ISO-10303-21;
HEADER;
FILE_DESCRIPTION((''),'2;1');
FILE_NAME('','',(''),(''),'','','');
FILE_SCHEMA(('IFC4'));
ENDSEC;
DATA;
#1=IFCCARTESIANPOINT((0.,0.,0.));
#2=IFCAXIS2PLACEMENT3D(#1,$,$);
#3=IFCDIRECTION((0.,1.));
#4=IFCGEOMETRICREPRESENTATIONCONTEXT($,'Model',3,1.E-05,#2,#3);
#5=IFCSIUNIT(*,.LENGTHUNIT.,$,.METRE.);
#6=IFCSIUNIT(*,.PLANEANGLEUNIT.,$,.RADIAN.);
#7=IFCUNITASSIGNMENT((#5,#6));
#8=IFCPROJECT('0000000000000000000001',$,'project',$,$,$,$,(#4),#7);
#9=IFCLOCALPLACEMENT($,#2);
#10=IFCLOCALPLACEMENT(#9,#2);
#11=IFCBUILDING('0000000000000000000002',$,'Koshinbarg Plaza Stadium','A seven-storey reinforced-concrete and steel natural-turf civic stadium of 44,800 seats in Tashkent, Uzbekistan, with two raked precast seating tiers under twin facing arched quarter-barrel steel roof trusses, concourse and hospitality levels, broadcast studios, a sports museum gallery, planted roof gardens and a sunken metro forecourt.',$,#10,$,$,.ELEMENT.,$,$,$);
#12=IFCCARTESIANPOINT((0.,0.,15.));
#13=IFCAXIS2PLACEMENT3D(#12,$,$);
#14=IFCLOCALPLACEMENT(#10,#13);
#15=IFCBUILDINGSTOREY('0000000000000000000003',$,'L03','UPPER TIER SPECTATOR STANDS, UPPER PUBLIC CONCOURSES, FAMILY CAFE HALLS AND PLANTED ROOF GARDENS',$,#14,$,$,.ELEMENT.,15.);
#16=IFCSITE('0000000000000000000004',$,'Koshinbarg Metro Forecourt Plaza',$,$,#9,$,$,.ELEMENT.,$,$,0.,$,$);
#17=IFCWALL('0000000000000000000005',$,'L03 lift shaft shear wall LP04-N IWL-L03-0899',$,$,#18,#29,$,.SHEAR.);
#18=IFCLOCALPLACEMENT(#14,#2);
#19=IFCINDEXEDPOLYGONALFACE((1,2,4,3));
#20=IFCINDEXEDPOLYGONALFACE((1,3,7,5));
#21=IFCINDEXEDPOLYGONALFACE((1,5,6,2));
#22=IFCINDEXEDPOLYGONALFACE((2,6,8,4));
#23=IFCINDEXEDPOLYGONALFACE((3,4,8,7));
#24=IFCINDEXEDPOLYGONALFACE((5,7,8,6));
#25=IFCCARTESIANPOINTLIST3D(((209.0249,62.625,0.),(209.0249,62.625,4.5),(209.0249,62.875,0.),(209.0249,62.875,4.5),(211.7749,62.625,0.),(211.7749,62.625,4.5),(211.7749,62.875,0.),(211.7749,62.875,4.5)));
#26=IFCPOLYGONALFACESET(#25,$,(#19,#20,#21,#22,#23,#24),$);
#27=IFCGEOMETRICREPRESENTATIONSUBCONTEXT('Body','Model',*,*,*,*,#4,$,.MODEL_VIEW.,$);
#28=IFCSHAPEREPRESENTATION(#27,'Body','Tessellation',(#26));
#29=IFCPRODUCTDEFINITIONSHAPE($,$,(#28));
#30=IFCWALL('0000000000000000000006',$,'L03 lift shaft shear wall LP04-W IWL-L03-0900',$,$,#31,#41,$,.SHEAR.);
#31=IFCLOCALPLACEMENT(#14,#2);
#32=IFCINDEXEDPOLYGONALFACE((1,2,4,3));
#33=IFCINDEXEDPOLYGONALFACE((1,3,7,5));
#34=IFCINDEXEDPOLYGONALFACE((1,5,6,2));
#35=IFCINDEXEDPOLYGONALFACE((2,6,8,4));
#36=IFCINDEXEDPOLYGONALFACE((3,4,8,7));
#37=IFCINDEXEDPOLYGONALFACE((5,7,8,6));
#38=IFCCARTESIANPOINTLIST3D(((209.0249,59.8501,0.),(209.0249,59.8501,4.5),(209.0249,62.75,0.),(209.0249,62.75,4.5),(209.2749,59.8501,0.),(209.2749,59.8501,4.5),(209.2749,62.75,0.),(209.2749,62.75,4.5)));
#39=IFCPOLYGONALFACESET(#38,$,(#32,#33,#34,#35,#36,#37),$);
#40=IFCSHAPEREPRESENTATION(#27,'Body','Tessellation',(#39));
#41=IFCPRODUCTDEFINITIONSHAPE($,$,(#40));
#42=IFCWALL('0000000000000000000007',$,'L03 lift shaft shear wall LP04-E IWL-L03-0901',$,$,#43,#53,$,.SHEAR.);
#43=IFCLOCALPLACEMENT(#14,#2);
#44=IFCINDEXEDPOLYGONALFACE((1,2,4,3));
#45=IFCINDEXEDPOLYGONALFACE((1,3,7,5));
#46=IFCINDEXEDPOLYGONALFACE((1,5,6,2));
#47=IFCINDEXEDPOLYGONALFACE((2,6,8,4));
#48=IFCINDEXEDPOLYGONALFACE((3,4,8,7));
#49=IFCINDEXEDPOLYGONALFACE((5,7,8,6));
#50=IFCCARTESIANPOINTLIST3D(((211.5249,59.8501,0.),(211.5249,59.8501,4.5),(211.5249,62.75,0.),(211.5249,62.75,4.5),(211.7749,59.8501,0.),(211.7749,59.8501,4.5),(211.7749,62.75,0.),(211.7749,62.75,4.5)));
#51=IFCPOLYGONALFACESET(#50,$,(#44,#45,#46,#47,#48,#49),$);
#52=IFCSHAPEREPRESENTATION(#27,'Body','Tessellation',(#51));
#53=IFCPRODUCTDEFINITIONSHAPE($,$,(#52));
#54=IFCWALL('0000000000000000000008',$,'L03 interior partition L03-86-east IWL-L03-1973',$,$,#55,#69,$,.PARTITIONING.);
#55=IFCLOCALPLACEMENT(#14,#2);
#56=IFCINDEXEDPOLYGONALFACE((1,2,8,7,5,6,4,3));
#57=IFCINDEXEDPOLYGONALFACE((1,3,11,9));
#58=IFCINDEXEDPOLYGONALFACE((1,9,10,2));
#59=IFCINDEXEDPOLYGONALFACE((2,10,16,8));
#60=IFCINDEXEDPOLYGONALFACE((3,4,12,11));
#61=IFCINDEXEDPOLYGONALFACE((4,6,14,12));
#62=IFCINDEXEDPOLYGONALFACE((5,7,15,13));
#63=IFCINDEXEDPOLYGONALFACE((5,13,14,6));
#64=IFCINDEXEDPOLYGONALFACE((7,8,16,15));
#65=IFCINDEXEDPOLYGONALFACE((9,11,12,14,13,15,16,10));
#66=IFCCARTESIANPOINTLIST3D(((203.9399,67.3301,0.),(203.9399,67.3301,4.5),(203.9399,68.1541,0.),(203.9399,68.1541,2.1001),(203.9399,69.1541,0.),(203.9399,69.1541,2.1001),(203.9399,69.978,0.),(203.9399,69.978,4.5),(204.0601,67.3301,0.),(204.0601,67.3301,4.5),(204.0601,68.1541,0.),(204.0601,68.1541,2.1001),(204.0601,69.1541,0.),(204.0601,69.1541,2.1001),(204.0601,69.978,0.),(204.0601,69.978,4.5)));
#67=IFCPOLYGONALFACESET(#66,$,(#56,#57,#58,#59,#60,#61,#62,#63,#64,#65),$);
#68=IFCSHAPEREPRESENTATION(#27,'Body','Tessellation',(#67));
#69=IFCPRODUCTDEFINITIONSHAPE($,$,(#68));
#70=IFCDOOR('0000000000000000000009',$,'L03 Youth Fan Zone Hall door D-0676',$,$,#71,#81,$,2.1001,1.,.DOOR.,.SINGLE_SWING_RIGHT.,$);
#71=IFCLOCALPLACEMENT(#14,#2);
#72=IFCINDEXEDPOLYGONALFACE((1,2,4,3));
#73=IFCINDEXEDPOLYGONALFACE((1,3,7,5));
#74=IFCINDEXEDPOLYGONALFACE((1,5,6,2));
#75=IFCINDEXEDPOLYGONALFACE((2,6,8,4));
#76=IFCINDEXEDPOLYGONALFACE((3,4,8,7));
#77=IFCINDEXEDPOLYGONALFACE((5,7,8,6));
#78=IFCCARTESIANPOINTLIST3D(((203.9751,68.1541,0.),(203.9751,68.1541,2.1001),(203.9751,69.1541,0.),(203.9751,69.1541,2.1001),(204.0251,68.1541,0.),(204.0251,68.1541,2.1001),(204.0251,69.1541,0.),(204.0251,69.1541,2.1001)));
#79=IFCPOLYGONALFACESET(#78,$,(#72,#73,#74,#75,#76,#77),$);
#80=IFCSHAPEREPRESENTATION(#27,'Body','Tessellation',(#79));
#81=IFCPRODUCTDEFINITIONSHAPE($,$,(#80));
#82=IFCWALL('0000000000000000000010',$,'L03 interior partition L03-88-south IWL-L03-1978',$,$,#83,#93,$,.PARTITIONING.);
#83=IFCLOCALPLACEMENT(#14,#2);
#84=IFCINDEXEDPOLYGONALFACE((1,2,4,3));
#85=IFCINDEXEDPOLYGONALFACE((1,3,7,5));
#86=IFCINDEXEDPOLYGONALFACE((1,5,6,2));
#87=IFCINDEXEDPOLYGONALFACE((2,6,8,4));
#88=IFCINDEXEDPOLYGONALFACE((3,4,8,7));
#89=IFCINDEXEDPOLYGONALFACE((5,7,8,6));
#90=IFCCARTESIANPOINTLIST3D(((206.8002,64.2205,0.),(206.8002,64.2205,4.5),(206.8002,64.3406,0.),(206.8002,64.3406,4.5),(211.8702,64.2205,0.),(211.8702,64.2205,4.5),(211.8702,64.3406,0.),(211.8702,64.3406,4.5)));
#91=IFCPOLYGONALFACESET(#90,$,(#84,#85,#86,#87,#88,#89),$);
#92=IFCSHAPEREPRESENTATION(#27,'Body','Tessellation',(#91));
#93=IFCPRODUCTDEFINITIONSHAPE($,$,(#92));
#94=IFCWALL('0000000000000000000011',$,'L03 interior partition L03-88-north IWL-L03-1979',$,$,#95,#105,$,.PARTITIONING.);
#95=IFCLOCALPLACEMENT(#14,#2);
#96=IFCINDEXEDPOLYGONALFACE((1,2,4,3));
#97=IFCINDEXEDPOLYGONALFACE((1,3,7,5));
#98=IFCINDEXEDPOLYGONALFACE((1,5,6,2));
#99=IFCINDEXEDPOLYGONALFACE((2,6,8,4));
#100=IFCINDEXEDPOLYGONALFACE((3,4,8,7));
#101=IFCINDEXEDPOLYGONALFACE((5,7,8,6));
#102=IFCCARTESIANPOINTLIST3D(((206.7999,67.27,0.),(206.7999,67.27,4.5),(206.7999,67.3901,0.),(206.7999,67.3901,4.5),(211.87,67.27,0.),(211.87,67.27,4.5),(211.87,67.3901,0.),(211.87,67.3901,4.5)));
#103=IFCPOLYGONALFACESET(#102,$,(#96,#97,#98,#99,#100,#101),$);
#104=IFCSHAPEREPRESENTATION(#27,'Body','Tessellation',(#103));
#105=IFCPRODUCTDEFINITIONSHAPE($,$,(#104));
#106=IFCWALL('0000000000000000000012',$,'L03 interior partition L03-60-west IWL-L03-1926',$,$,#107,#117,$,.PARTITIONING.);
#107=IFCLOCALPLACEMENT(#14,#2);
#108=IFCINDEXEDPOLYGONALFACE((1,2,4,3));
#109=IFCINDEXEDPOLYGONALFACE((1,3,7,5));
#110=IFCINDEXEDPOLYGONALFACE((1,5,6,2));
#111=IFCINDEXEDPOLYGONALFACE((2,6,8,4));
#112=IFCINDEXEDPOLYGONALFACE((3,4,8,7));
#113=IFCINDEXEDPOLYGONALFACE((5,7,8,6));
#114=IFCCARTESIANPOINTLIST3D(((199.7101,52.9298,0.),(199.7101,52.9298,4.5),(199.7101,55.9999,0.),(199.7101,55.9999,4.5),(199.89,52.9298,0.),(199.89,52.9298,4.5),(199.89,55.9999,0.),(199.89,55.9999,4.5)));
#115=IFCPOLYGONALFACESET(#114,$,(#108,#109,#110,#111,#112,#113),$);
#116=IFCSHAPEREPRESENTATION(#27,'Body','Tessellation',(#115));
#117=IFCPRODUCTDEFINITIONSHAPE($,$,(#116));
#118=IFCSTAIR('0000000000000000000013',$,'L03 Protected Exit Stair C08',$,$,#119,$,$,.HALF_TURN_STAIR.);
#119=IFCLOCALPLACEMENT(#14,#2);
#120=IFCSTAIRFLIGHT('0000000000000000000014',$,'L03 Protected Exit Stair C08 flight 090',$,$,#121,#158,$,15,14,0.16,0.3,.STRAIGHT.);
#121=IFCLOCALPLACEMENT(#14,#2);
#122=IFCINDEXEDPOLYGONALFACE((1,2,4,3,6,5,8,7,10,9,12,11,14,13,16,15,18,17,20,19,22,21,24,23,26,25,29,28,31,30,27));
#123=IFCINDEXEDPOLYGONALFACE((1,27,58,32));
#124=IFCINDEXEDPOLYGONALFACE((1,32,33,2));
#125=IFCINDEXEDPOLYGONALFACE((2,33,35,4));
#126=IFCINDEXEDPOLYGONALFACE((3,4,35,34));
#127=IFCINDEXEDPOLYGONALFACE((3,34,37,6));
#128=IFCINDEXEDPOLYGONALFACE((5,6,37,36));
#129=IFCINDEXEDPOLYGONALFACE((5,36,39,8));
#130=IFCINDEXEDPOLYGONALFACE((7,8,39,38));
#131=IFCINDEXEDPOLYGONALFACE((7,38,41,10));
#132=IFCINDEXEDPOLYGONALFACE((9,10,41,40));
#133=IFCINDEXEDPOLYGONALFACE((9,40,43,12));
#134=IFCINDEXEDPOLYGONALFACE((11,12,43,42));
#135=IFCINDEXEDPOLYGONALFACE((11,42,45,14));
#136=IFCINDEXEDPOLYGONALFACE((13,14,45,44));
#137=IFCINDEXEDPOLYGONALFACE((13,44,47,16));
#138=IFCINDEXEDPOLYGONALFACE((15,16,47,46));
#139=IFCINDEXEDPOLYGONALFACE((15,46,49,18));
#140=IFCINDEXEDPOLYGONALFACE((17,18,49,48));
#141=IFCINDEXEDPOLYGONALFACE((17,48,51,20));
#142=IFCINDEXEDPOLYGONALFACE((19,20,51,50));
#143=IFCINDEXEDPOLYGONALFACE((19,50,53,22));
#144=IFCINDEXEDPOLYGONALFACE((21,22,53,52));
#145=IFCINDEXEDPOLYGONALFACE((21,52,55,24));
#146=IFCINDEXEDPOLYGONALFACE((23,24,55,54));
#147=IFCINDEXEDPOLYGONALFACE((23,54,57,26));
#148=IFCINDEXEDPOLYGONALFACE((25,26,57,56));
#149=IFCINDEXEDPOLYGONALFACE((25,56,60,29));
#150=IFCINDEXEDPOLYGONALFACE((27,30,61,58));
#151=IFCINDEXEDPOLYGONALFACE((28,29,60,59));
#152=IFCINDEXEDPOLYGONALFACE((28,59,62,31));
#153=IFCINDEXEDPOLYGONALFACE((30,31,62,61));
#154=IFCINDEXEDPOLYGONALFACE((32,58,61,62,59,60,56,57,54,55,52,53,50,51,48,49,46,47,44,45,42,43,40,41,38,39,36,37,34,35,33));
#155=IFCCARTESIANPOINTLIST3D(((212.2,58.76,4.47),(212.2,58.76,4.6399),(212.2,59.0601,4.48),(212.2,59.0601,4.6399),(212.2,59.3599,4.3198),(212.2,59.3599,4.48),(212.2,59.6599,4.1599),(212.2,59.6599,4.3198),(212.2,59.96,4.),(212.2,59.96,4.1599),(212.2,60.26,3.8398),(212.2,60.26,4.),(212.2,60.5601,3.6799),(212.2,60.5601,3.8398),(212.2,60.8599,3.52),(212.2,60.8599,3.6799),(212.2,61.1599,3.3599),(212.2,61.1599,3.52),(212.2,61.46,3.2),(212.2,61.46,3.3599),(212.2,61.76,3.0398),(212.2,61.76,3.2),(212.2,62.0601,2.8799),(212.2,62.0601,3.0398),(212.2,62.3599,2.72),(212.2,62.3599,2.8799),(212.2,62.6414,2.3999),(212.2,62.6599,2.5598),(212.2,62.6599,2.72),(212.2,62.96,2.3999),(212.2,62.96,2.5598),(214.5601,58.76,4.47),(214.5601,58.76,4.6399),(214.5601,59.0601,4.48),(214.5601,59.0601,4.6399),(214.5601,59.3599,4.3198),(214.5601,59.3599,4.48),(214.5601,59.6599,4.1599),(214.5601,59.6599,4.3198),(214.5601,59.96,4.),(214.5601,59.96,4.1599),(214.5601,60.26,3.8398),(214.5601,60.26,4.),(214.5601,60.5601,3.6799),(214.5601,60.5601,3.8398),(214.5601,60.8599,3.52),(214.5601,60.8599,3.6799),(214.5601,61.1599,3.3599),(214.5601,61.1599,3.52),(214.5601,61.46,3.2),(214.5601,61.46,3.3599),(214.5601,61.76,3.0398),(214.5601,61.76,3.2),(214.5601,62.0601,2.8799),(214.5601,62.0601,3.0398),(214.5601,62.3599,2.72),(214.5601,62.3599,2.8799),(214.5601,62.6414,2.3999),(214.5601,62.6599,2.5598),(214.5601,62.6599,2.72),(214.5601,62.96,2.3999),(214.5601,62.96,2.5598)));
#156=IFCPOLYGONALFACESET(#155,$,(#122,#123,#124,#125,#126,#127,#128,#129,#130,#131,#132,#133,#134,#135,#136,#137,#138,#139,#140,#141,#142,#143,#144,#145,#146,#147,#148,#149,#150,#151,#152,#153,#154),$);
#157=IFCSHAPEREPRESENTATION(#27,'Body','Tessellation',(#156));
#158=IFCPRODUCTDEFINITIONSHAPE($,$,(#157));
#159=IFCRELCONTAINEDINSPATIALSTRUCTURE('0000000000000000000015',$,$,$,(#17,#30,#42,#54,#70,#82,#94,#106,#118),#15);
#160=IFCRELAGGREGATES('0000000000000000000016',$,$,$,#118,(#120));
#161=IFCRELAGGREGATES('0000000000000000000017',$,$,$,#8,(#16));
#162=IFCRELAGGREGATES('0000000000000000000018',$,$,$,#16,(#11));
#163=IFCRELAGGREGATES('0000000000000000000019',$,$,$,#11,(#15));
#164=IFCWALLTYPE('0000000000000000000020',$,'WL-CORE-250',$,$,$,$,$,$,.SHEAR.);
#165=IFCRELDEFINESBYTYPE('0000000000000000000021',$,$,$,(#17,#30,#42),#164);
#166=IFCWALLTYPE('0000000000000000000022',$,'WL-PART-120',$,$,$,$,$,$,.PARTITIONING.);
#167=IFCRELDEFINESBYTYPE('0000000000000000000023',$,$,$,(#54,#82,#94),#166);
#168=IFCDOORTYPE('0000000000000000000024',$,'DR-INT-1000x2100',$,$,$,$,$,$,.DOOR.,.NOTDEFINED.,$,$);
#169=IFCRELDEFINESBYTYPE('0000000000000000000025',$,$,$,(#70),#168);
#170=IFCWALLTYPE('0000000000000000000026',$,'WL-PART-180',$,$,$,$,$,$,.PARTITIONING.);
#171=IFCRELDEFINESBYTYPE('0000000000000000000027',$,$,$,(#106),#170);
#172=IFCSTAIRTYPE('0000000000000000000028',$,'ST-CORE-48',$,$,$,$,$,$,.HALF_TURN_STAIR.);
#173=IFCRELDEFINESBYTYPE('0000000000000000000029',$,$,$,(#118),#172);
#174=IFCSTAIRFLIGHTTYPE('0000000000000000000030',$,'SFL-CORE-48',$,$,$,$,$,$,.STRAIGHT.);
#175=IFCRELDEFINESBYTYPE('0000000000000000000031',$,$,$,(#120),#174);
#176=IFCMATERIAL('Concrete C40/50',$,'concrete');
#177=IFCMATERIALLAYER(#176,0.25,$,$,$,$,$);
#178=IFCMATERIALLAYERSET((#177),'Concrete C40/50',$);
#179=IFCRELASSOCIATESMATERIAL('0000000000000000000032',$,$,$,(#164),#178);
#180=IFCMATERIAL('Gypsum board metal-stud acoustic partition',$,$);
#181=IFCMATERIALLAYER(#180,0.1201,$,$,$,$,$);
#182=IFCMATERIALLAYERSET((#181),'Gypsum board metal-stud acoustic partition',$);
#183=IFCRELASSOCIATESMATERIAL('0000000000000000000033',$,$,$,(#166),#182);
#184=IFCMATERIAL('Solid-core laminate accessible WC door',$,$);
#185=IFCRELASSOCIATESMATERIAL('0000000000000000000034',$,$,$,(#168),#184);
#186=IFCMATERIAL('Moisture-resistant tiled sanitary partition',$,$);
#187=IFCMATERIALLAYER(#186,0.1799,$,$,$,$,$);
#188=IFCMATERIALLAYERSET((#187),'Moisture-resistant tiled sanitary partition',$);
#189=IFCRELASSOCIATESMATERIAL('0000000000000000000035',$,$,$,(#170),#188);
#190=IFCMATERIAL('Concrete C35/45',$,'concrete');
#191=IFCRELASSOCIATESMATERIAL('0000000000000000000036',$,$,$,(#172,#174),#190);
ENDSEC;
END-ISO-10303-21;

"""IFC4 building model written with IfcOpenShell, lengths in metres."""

from ifc_helpers import new_model, si_unit, direction, frame, frame_2d, origin, place, context, subcontext, project, spatial, polyline, rectangle, outline, extrude, material, layer, layer_set, type_object, element, fill, aggregate, save


model = new_model("IFC4")

# Units and contexts
model_context = context("Model", 3, precision=1e-05, world=origin(), true_north=direction((0.0, 1.0)))
body_context = subcontext(model_context, "Body", "Model", "MODEL_VIEW")
ifc_project = project(units=[si_unit("LENGTHUNIT", "METRE"), si_unit("PLANEANGLEUNIT", "RADIAN")], contexts=[model_context])

# Site, building, storey
site_placement = place(None, origin())
site = spatial("IfcSite", under=ifc_project, at=site_placement, Name="Koshinbarg Metro Forecourt Plaza", CompositionType="ELEMENT", RefElevation=0.0)
building_placement = place(site_placement, origin())
building = spatial("IfcBuilding", under=site, at=building_placement, Name="Koshinbarg Plaza Stadium", Description="A seven-storey reinforced-concrete and steel natural-turf civic stadium of 44,800 seats in Tashkent, Uzbekistan, with two raked precast seating tiers under twin facing arched quarter-barrel steel roof trusses, concourse and hospitality levels, broadcast studios, a sports museum gallery, planted roof gardens and a sunken metro forecourt.", CompositionType="ELEMENT")
storey_placement = place(building_placement, frame((0.0, 0.0, 15.0)))
storey = spatial("IfcBuildingStorey", under=building, at=storey_placement, Name="L03", Description="UPPER TIER SPECTATOR STANDS, UPPER PUBLIC CONCOURSES, FAMILY CAFE HALLS AND PLANTED ROOF GARDENS", CompositionType="ELEMENT", Elevation=15.0)

# Shared definitions
ifc_material_1 = material(Name="Concrete C40/50", Category="concrete")

# Shared definitions
ifc_layer_1 = layer(ifc_material_1, 0.25)
ifc_layer_set_1 = layer_set([ifc_layer_1], Name="Concrete C40/50")
wall_type_1 = type_object("IfcWallType", Name="WL-CORE-250", PredefinedType="SHEAR", material=ifc_layer_set_1)

# Walls
wall_1_placement = place(storey_placement, frame((211.7749, 62.75, 0.0), z_axis=(0.0, 0.0, 1.0), x_axis=(-1.0, 0.0, 0.0)))
element("IfcWall", 1, at=wall_1_placement, inside=storey, type_object=wall_type_1, Name="L03 lift shaft shear wall LP04-N IWL-L03-0899", PredefinedType="SHEAR", context=body_context, shape_type="SweptSolid", body=[
    extrude(rectangle(XDim=2.75, YDim=0.25, at=frame_2d((1.375, 0.0))), origin(), (0.0, 0.0, 1.0), 4.5),
])
for number, where, z_axis, x_axis, name in (
    (2, (209.1499, 62.75, 0.0), (0.0, 0.0, 1.0), (0.0, -1.0, 0.0), "L03 lift shaft shear wall LP04-W IWL-L03-0900"),
    (3, (211.6499, 59.8501, 0.0), (0.0, 0.0, 1.0), (0.0, 1.0, 0.0), "L03 lift shaft shear wall LP04-E IWL-L03-0901"),
):
    element("IfcWall", number, at=place(storey_placement, frame(where, z_axis=z_axis, x_axis=x_axis)), inside=storey, type_object=wall_type_1, Name=name, PredefinedType="SHEAR", context=body_context, shape_type="SweptSolid", body=[
        extrude(rectangle(XDim=2.8999, YDim=0.25, at=frame_2d((1.45, 0.0))), origin(), (0.0, 0.0, 1.0), 4.5),
    ])

# Wall, opening, door
ifc_material_2 = material(Name="Gypsum board metal-stud acoustic partition")
ifc_layer_2 = layer(ifc_material_2, 0.1201)
ifc_layer_set_2 = layer_set([ifc_layer_2], Name="Gypsum board metal-stud acoustic partition")
wall_type_2 = type_object("IfcWallType", Name="WL-PART-120", PredefinedType="PARTITIONING", material=ifc_layer_set_2)
wall_2_placement = place(storey_placement, frame((204.0, 67.3301, 0.0), z_axis=(0.0, 0.0, 1.0), x_axis=(0.0, 1.0, 0.0)))
wall_2 = element("IfcWall", 4, at=wall_2_placement, inside=storey, type_object=wall_type_2, Name="L03 interior partition L03-86-east IWL-L03-1973", PredefinedType="PARTITIONING", context=body_context, shape_type="SweptSolid", body=[
    extrude(rectangle(XDim=2.6479, YDim=0.1201, at=frame_2d((1.324, 0.0))), origin(), (0.0, 0.0, 1.0), 4.5),
])
opening_1_placement = place(wall_2_placement, frame((0.824, 0.0, 0.0)))
opening_1 = element("IfcOpeningElement", 5, at=opening_1_placement, cuts=wall_2, PredefinedType="OPENING", context=body_context, shape_type="SweptSolid", body=[
    extrude(rectangle(XDim=1.0, YDim=2.1001, at=frame_2d((0.5, 1.05))), frame((0.0, 0.0701, 0.0), z_axis=(0.0, -1.0, 0.0), x_axis=(1.0, 0.0, 0.0)), (0.0, 0.0, 1.0), 0.1401),
])
ifc_material_3 = material(Name="Solid-core laminate accessible WC door")
door_type_1 = type_object("IfcDoorType", Name="DR-INT-1000x2100", OperationType="NOTDEFINED", PredefinedType="DOOR", material=ifc_material_3)
door_1_placement = place(opening_1_placement, origin())
door_1 = element("IfcDoor", 6, at=door_1_placement, inside=storey, type_object=door_type_1, Name="L03 Youth Fan Zone Hall door D-0676", OperationType="SINGLE_SWING_RIGHT", OverallHeight=2.1001, OverallWidth=1.0, PredefinedType="DOOR", context=body_context, shape_type="SweptSolid", body=[
    extrude(rectangle(XDim=1.0, YDim=2.1001, at=frame_2d((0.5, 1.05))), frame((0.0, 0.0249, 0.0), z_axis=(0.0, -1.0, 0.0), x_axis=(1.0, 0.0, 0.0)), (0.0, 0.0, 1.0), 0.05),
])
fill(opening_1, door_1)

# Walls
for number, where, z_axis, x_axis, name in (
    (7, (206.8, 64.2805, 0.0), (0.0, 0.0, 1.0), (1.0, 0.0, 0.0), "L03 interior partition L03-88-south IWL-L03-1978"),
    (8, (211.8701, 67.3301, 0.0), (0.0, 0.0, 1.0), (-1.0, 0.0, 0.0), "L03 interior partition L03-88-north IWL-L03-1979"),
):
    element("IfcWall", number, at=place(storey_placement, frame(where, z_axis=z_axis, x_axis=x_axis)), inside=storey, type_object=wall_type_2, Name=name, PredefinedType="PARTITIONING", context=body_context, shape_type="SweptSolid", body=[
        extrude(rectangle(XDim=5.0701, YDim=0.1201, at=frame_2d((2.5352, 0.0))), origin(), (0.0, 0.0, 1.0), 4.5),
    ])

# Wall
ifc_material_4 = material(Name="Moisture-resistant tiled sanitary partition")
ifc_layer_3 = layer(ifc_material_4, 0.1799)
ifc_layer_set_3 = layer_set([ifc_layer_3], Name="Moisture-resistant tiled sanitary partition")
wall_type_3 = type_object("IfcWallType", Name="WL-PART-180", PredefinedType="PARTITIONING", material=ifc_layer_set_3)
wall_3_placement = place(storey_placement, frame((199.8, 56.0, 0.0), z_axis=(0.0, 0.0, 1.0), x_axis=(0.0, -1.0, 0.0)))
element("IfcWall", 9, at=wall_3_placement, inside=storey, type_object=wall_type_3, Name="L03 interior partition L03-60-west IWL-L03-1926", PredefinedType="PARTITIONING", context=body_context, shape_type="SweptSolid", body=[
    extrude(rectangle(XDim=3.0701, YDim=0.1799, at=frame_2d((1.5352, 0.0))), origin(), (0.0, 0.0, 1.0), 4.5),
])

# Stair, stair flight
ifc_material_5 = material(Name="Concrete C35/45", Category="concrete")
stair_type = type_object("IfcStairType", Name="ST-CORE-48", PredefinedType="HALF_TURN_STAIR", material=ifc_material_5)
stair_placement = place(storey_placement, origin())
stair = element("IfcStair", 10, at=stair_placement, inside=storey, type_object=stair_type, Name="L03 Protected Exit Stair C08", PredefinedType="HALF_TURN_STAIR")
stair_flight_type = type_object("IfcStairFlightType", Name="SFL-CORE-48", PredefinedType="STRAIGHT", material=ifc_material_5)
stair_flight_placement = place(storey_placement, frame((213.3799, 62.96, 2.3999), z_axis=(0.0, 0.0, 1.0), x_axis=(0.0, -1.0, 0.0)))
stair_flight = element("IfcStairFlight", 11, at=stair_flight_placement, type_object=stair_flight_type, Name="L03 Protected Exit Stair C08 flight 090", NumberOfRisers=15, NumberOfTreads=14, PredefinedType="STRAIGHT", RiserHeight=0.16, TreadLength=0.3, context=body_context, shape_type="SweptSolid", body=[
    extrude(outline(polyline([(0.0, 0.0), (0.0, 0.1599), (0.3, 0.1599), (0.3, 0.3201), (0.6001, 0.3201), (0.6001, 0.48), (0.8999, 0.48), (0.8999, 0.6399), (1.2, 0.6399), (1.2, 0.8), (1.5, 0.8), (1.5, 0.96), (1.8, 0.96), (1.8, 1.1201), (2.1001, 1.1201), (2.1001, 1.28), (2.3999, 1.28), (2.3999, 1.4399), (2.7, 1.4399), (2.7, 1.6001), (3.0, 1.6001), (3.0, 1.76), (3.3, 1.76), (3.3, 1.9199), (3.6001, 1.9199), (3.6001, 2.0801), (3.8999, 2.0801), (3.8999, 2.24), (4.2, 2.24), (4.2, 2.3999), (4.2, 2.0701), (0.3186, 0.0), (0.0, 0.0)])), frame((0.0, 1.1802, 0.0), z_axis=(0.0, -1.0, 0.0), x_axis=(1.0, 0.0, 0.0)), (0.0, 0.0, 1.0), 2.3601),
])
aggregate(stair, [stair_flight])

save(model, "model.ifc")
